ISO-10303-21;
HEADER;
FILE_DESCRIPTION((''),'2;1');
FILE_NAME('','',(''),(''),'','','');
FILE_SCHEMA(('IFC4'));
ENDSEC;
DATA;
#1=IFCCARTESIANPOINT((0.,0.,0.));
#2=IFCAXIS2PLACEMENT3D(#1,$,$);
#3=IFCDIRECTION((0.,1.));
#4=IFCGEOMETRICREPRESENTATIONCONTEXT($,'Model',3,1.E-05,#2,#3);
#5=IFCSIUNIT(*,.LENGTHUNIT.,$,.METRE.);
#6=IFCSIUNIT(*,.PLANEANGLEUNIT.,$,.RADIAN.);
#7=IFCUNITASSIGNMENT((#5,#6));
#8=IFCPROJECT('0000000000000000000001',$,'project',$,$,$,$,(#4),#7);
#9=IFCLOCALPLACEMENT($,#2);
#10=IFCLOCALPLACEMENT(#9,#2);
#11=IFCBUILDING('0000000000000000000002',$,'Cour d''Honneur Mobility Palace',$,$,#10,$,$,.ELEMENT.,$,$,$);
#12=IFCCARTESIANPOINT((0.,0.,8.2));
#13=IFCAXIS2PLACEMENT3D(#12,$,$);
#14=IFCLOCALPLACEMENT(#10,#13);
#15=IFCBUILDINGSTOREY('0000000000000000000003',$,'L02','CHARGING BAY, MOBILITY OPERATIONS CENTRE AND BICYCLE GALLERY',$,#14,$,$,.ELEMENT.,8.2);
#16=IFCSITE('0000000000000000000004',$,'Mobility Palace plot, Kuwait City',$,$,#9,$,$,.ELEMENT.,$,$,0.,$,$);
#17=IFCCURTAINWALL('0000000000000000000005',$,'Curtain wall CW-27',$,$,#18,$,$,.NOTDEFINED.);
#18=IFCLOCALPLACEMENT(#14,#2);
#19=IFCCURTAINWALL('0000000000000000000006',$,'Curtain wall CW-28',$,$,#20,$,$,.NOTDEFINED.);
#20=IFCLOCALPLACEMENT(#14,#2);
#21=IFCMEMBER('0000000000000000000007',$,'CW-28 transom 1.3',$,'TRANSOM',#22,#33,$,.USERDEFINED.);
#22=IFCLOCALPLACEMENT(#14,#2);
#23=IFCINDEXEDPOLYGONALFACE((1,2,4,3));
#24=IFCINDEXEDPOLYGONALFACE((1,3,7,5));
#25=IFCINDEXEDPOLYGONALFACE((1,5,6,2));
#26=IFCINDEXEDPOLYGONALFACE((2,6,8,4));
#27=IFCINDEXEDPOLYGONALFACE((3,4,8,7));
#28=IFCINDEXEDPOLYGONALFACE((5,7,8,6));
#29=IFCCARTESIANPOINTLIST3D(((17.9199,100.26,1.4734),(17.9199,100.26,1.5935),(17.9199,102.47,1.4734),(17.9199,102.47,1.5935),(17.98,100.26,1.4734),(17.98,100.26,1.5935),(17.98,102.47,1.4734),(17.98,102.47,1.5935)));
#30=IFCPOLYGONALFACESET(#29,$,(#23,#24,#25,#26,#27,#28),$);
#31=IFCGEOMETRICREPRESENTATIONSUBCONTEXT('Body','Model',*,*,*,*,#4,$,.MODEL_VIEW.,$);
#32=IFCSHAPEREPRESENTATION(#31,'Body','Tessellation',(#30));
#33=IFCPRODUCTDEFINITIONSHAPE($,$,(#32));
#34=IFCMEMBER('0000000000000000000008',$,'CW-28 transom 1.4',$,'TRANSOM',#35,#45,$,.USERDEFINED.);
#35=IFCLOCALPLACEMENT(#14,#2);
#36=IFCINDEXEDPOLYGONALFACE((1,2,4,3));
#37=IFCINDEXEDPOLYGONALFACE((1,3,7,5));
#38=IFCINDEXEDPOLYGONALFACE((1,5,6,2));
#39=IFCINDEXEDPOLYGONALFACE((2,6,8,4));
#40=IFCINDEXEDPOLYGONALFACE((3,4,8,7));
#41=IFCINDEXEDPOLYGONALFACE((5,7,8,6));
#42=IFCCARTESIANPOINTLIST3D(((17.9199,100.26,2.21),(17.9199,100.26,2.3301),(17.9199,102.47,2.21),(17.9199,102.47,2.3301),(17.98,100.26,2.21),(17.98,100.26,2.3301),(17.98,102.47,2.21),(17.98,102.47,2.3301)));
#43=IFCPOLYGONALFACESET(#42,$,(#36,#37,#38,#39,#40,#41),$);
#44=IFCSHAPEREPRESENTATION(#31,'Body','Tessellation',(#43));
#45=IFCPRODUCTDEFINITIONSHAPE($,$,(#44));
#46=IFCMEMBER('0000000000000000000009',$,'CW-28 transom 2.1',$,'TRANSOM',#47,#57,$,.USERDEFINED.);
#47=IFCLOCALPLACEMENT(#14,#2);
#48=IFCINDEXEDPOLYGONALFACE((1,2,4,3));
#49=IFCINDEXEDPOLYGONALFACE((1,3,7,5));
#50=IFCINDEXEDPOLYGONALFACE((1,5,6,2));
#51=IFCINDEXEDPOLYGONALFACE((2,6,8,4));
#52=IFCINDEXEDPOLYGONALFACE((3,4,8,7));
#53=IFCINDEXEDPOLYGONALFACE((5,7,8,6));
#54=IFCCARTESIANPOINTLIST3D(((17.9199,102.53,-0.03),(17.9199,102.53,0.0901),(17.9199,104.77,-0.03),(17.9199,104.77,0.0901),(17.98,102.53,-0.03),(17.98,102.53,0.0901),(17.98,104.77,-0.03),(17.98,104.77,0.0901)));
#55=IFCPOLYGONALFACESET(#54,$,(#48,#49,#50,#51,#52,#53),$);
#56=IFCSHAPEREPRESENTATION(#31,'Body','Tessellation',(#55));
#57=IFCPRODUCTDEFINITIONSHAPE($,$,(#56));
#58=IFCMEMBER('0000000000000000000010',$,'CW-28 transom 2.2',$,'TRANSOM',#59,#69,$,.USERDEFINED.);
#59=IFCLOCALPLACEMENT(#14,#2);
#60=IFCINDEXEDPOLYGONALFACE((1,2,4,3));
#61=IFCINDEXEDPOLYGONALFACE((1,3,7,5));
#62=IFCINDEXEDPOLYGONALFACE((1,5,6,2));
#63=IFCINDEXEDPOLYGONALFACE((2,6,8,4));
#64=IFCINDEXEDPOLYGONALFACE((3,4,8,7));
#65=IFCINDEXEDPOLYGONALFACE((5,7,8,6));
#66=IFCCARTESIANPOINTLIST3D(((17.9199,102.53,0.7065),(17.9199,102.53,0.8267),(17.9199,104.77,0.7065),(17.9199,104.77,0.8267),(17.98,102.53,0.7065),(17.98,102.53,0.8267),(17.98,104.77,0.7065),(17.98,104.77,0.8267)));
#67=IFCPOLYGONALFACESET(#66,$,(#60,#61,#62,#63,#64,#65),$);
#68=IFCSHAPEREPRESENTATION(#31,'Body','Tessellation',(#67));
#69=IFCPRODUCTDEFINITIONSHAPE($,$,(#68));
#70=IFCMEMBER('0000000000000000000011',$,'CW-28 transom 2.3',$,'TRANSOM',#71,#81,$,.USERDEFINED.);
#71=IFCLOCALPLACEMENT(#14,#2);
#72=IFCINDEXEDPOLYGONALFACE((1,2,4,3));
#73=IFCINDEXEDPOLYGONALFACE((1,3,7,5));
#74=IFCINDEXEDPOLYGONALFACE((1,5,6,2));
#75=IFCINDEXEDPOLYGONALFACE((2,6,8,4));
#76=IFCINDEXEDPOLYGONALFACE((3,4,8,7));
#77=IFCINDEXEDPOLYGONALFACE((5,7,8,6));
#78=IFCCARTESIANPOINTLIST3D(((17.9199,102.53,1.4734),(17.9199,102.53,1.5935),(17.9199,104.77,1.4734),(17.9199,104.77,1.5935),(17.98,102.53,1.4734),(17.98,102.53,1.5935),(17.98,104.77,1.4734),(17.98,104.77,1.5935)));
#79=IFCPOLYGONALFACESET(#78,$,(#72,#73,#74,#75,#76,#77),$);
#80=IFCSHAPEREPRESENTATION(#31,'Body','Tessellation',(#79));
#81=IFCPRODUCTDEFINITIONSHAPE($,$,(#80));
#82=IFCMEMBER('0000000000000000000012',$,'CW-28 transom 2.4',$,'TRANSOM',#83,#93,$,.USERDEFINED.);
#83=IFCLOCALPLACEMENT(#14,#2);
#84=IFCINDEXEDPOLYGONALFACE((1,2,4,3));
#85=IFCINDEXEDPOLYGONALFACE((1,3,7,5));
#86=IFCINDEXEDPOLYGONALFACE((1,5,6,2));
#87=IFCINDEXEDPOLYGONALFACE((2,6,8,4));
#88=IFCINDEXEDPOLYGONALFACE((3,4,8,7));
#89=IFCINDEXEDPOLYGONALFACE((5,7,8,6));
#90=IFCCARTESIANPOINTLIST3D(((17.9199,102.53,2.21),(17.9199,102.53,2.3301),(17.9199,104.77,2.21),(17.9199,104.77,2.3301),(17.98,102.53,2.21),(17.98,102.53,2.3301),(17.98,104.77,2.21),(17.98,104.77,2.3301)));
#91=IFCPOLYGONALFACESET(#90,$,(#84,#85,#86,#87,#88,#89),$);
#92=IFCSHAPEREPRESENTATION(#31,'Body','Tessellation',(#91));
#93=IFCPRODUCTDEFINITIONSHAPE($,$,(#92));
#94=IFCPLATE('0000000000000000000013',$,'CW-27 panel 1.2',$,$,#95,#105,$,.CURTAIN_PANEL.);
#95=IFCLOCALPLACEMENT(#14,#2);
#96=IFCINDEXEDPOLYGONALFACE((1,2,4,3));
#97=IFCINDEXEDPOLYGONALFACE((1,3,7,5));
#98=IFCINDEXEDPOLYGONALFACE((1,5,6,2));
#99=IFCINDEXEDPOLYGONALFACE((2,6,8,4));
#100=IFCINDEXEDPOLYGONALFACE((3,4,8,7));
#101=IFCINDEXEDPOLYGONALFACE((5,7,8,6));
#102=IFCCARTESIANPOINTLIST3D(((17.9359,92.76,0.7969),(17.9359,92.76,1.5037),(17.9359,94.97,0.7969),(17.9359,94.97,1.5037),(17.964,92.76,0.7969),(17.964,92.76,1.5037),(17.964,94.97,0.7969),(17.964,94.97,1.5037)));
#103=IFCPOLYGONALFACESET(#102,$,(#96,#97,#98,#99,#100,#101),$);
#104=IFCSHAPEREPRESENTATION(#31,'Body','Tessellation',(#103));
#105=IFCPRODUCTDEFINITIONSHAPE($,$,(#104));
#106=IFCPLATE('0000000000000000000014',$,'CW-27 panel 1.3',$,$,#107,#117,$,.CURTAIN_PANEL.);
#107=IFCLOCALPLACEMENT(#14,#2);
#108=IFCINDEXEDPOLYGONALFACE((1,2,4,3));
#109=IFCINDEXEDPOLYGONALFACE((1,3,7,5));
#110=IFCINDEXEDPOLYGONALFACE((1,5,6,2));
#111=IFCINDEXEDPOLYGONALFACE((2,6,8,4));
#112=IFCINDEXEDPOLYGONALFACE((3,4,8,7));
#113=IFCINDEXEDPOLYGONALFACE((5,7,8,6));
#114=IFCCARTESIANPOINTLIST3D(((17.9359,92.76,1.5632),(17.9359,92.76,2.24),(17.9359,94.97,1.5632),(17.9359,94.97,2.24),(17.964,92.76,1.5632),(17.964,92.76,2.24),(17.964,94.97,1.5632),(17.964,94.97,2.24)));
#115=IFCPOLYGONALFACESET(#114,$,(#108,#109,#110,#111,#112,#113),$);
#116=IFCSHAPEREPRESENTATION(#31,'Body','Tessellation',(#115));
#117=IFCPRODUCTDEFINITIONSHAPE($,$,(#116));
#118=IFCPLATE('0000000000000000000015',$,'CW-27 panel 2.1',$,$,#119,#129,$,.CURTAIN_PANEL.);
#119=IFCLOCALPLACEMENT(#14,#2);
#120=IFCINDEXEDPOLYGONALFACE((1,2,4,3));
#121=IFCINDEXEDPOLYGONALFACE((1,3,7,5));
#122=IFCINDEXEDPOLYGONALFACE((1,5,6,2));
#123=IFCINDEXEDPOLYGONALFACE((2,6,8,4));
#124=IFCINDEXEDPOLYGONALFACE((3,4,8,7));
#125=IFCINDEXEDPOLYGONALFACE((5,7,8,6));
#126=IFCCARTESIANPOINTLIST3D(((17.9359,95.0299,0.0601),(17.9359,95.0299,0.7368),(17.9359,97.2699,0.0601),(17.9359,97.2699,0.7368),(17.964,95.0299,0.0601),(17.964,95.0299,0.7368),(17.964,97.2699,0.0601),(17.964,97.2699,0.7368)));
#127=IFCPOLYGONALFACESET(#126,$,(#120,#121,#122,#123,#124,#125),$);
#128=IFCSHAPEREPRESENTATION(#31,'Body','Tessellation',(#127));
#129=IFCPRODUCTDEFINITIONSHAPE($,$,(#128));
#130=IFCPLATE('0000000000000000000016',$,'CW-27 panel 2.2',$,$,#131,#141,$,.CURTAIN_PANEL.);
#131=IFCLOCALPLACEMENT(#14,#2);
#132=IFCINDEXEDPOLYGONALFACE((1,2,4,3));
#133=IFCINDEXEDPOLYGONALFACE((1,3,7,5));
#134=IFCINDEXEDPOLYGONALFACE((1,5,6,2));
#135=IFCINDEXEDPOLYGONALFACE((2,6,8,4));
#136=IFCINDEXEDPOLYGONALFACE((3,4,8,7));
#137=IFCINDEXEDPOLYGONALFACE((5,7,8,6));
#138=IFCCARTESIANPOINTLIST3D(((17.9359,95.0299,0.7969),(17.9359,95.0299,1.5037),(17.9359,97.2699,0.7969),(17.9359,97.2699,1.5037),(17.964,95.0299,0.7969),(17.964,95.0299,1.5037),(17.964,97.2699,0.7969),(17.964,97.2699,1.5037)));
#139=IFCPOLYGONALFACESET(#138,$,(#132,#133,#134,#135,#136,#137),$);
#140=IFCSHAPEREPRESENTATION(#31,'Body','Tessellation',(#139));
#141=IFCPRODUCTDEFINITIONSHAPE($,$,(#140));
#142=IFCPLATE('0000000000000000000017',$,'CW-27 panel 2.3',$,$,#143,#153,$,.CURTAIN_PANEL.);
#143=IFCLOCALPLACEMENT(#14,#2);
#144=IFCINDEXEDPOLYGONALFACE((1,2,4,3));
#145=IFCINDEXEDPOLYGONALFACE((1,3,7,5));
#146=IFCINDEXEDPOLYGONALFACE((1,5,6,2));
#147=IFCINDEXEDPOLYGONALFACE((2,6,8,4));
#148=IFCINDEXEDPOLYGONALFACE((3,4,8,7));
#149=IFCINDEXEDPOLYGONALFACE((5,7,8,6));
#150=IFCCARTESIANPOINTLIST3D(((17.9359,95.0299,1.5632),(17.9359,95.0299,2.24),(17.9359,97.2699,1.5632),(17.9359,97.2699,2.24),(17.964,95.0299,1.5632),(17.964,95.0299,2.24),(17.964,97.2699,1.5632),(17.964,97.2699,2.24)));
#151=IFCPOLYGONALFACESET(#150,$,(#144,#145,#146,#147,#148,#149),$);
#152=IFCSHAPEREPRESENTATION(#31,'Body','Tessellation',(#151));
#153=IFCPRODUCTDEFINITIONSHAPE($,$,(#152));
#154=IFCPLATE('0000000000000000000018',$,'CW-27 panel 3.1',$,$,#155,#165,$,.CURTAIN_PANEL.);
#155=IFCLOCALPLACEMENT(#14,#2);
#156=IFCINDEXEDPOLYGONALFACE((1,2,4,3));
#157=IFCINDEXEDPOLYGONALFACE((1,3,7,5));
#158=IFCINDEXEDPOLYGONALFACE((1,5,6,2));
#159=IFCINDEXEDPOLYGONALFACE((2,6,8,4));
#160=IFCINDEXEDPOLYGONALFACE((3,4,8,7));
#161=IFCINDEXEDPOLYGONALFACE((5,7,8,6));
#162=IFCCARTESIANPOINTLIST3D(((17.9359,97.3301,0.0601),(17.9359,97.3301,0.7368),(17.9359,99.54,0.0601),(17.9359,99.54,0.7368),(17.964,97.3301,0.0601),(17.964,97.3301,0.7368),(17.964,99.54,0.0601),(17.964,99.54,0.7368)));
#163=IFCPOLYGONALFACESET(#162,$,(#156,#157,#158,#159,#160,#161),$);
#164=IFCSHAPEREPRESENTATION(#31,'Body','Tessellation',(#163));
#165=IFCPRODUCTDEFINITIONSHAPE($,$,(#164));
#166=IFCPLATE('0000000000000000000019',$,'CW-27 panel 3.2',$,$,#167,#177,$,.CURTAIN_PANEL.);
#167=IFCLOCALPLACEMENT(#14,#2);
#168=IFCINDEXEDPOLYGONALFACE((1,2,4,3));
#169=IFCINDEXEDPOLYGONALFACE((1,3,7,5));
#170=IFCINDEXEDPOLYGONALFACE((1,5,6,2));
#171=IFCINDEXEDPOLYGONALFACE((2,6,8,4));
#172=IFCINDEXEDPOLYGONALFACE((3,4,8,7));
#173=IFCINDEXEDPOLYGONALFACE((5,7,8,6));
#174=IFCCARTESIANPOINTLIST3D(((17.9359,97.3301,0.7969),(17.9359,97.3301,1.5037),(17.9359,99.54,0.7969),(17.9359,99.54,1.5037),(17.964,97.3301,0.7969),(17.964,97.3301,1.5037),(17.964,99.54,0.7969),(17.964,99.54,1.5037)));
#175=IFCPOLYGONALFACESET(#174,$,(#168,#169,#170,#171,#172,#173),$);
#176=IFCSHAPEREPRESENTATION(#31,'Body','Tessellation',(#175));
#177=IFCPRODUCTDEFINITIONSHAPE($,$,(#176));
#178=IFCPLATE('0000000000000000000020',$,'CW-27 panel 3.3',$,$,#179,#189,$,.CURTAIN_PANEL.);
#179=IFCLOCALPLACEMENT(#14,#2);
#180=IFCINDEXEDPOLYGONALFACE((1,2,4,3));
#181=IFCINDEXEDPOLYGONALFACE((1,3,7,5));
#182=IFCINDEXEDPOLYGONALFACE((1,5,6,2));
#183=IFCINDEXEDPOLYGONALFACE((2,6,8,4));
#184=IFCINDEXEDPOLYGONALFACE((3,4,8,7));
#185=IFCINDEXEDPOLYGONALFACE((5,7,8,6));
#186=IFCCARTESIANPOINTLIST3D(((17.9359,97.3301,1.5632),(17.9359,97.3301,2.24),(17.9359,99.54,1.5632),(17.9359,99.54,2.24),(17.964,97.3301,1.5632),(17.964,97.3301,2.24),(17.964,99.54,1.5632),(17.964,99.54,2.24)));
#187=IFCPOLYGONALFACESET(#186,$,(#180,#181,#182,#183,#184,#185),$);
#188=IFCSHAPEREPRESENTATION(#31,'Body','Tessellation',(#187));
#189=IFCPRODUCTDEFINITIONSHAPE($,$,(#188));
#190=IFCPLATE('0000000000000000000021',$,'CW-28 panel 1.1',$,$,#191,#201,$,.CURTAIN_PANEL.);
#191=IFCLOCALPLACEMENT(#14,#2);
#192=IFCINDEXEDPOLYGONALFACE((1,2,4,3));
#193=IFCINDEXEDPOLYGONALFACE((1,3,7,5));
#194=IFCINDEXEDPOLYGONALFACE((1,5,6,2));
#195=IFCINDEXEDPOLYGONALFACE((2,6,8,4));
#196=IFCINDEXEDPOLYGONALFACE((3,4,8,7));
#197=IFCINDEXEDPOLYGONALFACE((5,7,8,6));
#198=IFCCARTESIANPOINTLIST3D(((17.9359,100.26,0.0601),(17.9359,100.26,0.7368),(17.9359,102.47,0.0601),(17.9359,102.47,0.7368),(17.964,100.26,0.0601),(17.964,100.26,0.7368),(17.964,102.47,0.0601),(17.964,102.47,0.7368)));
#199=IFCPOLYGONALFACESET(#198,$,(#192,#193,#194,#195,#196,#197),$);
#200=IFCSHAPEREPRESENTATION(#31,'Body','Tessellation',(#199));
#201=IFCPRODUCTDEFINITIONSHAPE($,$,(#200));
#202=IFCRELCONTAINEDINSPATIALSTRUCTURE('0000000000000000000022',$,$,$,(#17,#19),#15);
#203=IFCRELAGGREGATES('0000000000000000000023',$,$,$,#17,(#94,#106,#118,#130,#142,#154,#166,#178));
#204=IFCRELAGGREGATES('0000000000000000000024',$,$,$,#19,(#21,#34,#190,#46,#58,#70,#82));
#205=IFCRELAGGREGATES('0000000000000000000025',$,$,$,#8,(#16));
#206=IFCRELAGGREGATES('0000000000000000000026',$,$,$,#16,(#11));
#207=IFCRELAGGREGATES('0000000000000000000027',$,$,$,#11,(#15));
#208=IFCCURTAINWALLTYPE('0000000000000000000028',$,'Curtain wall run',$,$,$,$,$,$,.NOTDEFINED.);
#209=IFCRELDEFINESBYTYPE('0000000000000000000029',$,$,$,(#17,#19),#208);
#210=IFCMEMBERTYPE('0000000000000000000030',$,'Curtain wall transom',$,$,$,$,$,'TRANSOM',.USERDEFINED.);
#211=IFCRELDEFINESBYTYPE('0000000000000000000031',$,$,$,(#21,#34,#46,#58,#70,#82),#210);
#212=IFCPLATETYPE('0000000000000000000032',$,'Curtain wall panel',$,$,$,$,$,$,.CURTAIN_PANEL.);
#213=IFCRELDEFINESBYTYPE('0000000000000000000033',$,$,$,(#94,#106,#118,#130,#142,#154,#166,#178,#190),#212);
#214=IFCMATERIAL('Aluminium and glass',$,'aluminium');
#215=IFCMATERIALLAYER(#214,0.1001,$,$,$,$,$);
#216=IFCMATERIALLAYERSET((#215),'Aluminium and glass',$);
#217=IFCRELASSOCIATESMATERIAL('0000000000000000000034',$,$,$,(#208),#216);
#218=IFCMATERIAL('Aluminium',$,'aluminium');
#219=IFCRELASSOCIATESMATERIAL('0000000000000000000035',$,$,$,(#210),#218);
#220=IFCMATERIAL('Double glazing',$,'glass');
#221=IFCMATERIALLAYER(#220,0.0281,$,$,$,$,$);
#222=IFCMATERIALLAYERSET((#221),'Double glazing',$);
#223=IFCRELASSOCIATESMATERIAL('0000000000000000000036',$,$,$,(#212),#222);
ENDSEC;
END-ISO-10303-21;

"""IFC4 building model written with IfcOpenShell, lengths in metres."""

from ifc_helpers import new_model, si_unit, direction, frame, origin, origin_2d, place, context, subcontext, project, spatial, rectangle, extrude, material, layer, layer_set, material_profile, profile_set, type_object, element, aggregate, save


model = new_model("IFC4")

# Units and contexts
model_context = context("Model", 3, precision=1e-05, world=origin(), true_north=direction((0.0, 1.0)))
body_context = subcontext(model_context, "Body", "Model", "MODEL_VIEW")
ifc_project = project(units=[si_unit("LENGTHUNIT", "METRE"), si_unit("PLANEANGLEUNIT", "RADIAN")], contexts=[model_context])

# Site, building, storey
site_placement = place(None, origin())
site = spatial("IfcSite", under=ifc_project, at=site_placement, Name="Mobility Palace plot, Kuwait City", CompositionType="ELEMENT", RefElevation=0.0)
building_placement = place(site_placement, origin())
building = spatial("IfcBuilding", under=site, at=building_placement, Name="Cour d'Honneur Mobility Palace", CompositionType="ELEMENT")
storey_placement = place(building_placement, frame((0.0, 0.0, 8.2)))
storey = spatial("IfcBuildingStorey", under=building, at=storey_placement, Name="L02", Description="CHARGING BAY, MOBILITY OPERATIONS CENTRE AND BICYCLE GALLERY", CompositionType="ELEMENT", Elevation=8.2)

# Curtain walls
ifc_material_1 = material(Name="Aluminium and glass", Category="aluminium")
ifc_layer_1 = layer(ifc_material_1, 0.1001)
ifc_layer_set_1 = layer_set([ifc_layer_1], Name="Aluminium and glass")
curtain_wall_type = type_object("IfcCurtainWallType", Name="Curtain wall run", PredefinedType="NOTDEFINED", material=ifc_layer_set_1)
curtain_wall_1_placement = place(storey_placement, origin())
curtain_wall_1 = element("IfcCurtainWall", 1, at=curtain_wall_1_placement, inside=storey, type_object=curtain_wall_type, Name="Curtain wall CW-27", PredefinedType="NOTDEFINED")
curtain_wall_2_placement = place(storey_placement, origin())
curtain_wall_2 = element("IfcCurtainWall", 2, at=curtain_wall_2_placement, inside=storey, type_object=curtain_wall_type, Name="Curtain wall CW-28", PredefinedType="NOTDEFINED")

# Members
ifc_material_2 = material(Name="Aluminium", Category="aluminium")
ifc_material_profile_1 = material_profile(ifc_material_2, rectangle(XDim=0.0601, YDim=0.1201, at=origin_2d()), Name="Curtain wall transom")
ifc_profile_set_1 = profile_set([ifc_material_profile_1], Name="Aluminium")
member_type_1 = type_object("IfcMemberType", Name="Curtain wall transom", ElementType="TRANSOM", PredefinedType="USERDEFINED", material=ifc_profile_set_1)
member_1_placement = place(storey_placement, frame((17.95, 100.26, 1.5334), z_axis=(0.0, 1.0, 0.0), x_axis=(-1.0, 0.0, 0.0)))
member_1 = element("IfcMember", 3, at=member_1_placement, type_object=member_type_1, Name="CW-28 transom 1.3", ObjectType="TRANSOM", PredefinedType="USERDEFINED", context=body_context, shape_type="SweptSolid", body=[
    extrude(rectangle(XDim=0.0601, YDim=0.1201, at=origin_2d()), origin(), (0.0, 0.0, 1.0), 2.21),
])
member_2_placement = place(storey_placement, frame((17.95, 100.26, 2.27), z_axis=(0.0, 1.0, 0.0), x_axis=(-1.0, 0.0, 0.0)))
member_2 = element("IfcMember", 4, at=member_2_placement, type_object=member_type_1, Name="CW-28 transom 1.4", ObjectType="TRANSOM", PredefinedType="USERDEFINED", context=body_context, shape_type="SweptSolid", body=[
    extrude(rectangle(XDim=0.0601, YDim=0.1201, at=origin_2d()), origin(), (0.0, 0.0, 1.0), 2.21),
])
member_3_placement = place(storey_placement, frame((17.95, 102.53, 0.03), z_axis=(0.0, 1.0, 0.0), x_axis=(-1.0, 0.0, 0.0)))
member_3 = element("IfcMember", 5, at=member_3_placement, type_object=member_type_1, Name="CW-28 transom 2.1", ObjectType="TRANSOM", PredefinedType="USERDEFINED", context=body_context, shape_type="SweptSolid", body=[
    extrude(rectangle(XDim=0.0601, YDim=0.1201, at=origin_2d()), origin(), (0.0, 0.0, 1.0), 2.24),
])
member_4_placement = place(storey_placement, frame((17.95, 102.53, 0.7666), z_axis=(0.0, 1.0, 0.0), x_axis=(-1.0, 0.0, 0.0)))
member_4 = element("IfcMember", 6, at=member_4_placement, type_object=member_type_1, Name="CW-28 transom 2.2", ObjectType="TRANSOM", PredefinedType="USERDEFINED", context=body_context, shape_type="SweptSolid", body=[
    extrude(rectangle(XDim=0.0601, YDim=0.1201, at=origin_2d()), origin(), (0.0, 0.0, 1.0), 2.24),
])
member_5_placement = place(storey_placement, frame((17.95, 102.53, 1.5334), z_axis=(0.0, 1.0, 0.0), x_axis=(-1.0, 0.0, 0.0)))
member_5 = element("IfcMember", 7, at=member_5_placement, type_object=member_type_1, Name="CW-28 transom 2.3", ObjectType="TRANSOM", PredefinedType="USERDEFINED", context=body_context, shape_type="SweptSolid", body=[
    extrude(rectangle(XDim=0.0601, YDim=0.1201, at=origin_2d()), origin(), (0.0, 0.0, 1.0), 2.24),
])
member_6_placement = place(storey_placement, frame((17.95, 102.53, 2.27), z_axis=(0.0, 1.0, 0.0), x_axis=(-1.0, 0.0, 0.0)))
member_6 = element("IfcMember", 8, at=member_6_placement, type_object=member_type_1, Name="CW-28 transom 2.4", ObjectType="TRANSOM", PredefinedType="USERDEFINED", context=body_context, shape_type="SweptSolid", body=[
    extrude(rectangle(XDim=0.0601, YDim=0.1201, at=origin_2d()), origin(), (0.0, 0.0, 1.0), 2.24),
])

# Plates
ifc_material_3 = material(Name="Double glazing", Category="glass")
ifc_layer_2 = layer(ifc_material_3, 0.0281)
ifc_layer_set_2 = layer_set([ifc_layer_2], Name="Double glazing")
plate_type = type_object("IfcPlateType", Name="Curtain wall panel", PredefinedType="CURTAIN_PANEL", material=ifc_layer_set_2)
plate_1_placement = place(storey_placement, frame((17.95, 93.865, 0.7969), z_axis=(0.0, 0.0, 1.0), x_axis=(0.0, 1.0, 0.0)))
plate_1 = element("IfcPlate", 9, at=plate_1_placement, type_object=plate_type, Name="CW-27 panel 1.2", PredefinedType="CURTAIN_PANEL", context=body_context, shape_type="SweptSolid", body=[
    extrude(rectangle(XDim=2.21, YDim=0.0281, at=origin_2d()), origin(), (0.0, 0.0, 1.0), 0.7068),
])
plate_2_placement = place(storey_placement, frame((17.95, 93.865, 1.5632), z_axis=(0.0, 0.0, 1.0), x_axis=(0.0, 1.0, 0.0)))
plate_2 = element("IfcPlate", 10, at=plate_2_placement, type_object=plate_type, Name="CW-27 panel 1.3", PredefinedType="CURTAIN_PANEL", context=body_context, shape_type="SweptSolid", body=[
    extrude(rectangle(XDim=2.21, YDim=0.0281, at=origin_2d()), origin(), (0.0, 0.0, 1.0), 0.6768),
])
plate_3_placement = place(storey_placement, frame((17.95, 96.1499, 0.0601), z_axis=(0.0, 0.0, 1.0), x_axis=(0.0, 1.0, 0.0)))
plate_3 = element("IfcPlate", 11, at=plate_3_placement, type_object=plate_type, Name="CW-27 panel 2.1", PredefinedType="CURTAIN_PANEL", context=body_context, shape_type="SweptSolid", body=[
    extrude(rectangle(XDim=2.24, YDim=0.0281, at=origin_2d()), origin(), (0.0, 0.0, 1.0), 0.6768),
])
plate_4_placement = place(storey_placement, frame((17.95, 96.1499, 0.7969), z_axis=(0.0, 0.0, 1.0), x_axis=(0.0, 1.0, 0.0)))
plate_4 = element("IfcPlate", 12, at=plate_4_placement, type_object=plate_type, Name="CW-27 panel 2.2", PredefinedType="CURTAIN_PANEL", context=body_context, shape_type="SweptSolid", body=[
    extrude(rectangle(XDim=2.24, YDim=0.0281, at=origin_2d()), origin(), (0.0, 0.0, 1.0), 0.7068),
])
plate_5_placement = place(storey_placement, frame((17.95, 96.1499, 1.5632), z_axis=(0.0, 0.0, 1.0), x_axis=(0.0, 1.0, 0.0)))
plate_5 = element("IfcPlate", 13, at=plate_5_placement, type_object=plate_type, Name="CW-27 panel 2.3", PredefinedType="CURTAIN_PANEL", context=body_context, shape_type="SweptSolid", body=[
    extrude(rectangle(XDim=2.24, YDim=0.0281, at=origin_2d()), origin(), (0.0, 0.0, 1.0), 0.6768),
])
plate_6_placement = place(storey_placement, frame((17.95, 98.4351, 0.0601), z_axis=(0.0, 0.0, 1.0), x_axis=(0.0, 1.0, 0.0)))
plate_6 = element("IfcPlate", 14, at=plate_6_placement, type_object=plate_type, Name="CW-27 panel 3.1", PredefinedType="CURTAIN_PANEL", context=body_context, shape_type="SweptSolid", body=[
    extrude(rectangle(XDim=2.21, YDim=0.0281, at=origin_2d()), origin(), (0.0, 0.0, 1.0), 0.6768),
])
plate_7_placement = place(storey_placement, frame((17.95, 98.4351, 0.7969), z_axis=(0.0, 0.0, 1.0), x_axis=(0.0, 1.0, 0.0)))
plate_7 = element("IfcPlate", 15, at=plate_7_placement, type_object=plate_type, Name="CW-27 panel 3.2", PredefinedType="CURTAIN_PANEL", context=body_context, shape_type="SweptSolid", body=[
    extrude(rectangle(XDim=2.21, YDim=0.0281, at=origin_2d()), origin(), (0.0, 0.0, 1.0), 0.7068),
])
plate_8_placement = place(storey_placement, frame((17.95, 98.4351, 1.5632), z_axis=(0.0, 0.0, 1.0), x_axis=(0.0, 1.0, 0.0)))
plate_8 = element("IfcPlate", 16, at=plate_8_placement, type_object=plate_type, Name="CW-27 panel 3.3", PredefinedType="CURTAIN_PANEL", context=body_context, shape_type="SweptSolid", body=[
    extrude(rectangle(XDim=2.21, YDim=0.0281, at=origin_2d()), origin(), (0.0, 0.0, 1.0), 0.6768),
])
aggregate(curtain_wall_1, [plate_1, plate_2, plate_3, plate_4, plate_5, plate_6, plate_7, plate_8])
plate_9_placement = place(storey_placement, frame((17.95, 101.365, 0.0601), z_axis=(0.0, 0.0, 1.0), x_axis=(0.0, 1.0, 0.0)))
plate_9 = element("IfcPlate", 17, at=plate_9_placement, type_object=plate_type, Name="CW-28 panel 1.1", PredefinedType="CURTAIN_PANEL", context=body_context, shape_type="SweptSolid", body=[
    extrude(rectangle(XDim=2.21, YDim=0.0281, at=origin_2d()), origin(), (0.0, 0.0, 1.0), 0.6768),
])
aggregate(curtain_wall_2, [member_1, member_2, plate_9, member_3, member_4, member_5, member_6])

save(model, "model.ifc")
